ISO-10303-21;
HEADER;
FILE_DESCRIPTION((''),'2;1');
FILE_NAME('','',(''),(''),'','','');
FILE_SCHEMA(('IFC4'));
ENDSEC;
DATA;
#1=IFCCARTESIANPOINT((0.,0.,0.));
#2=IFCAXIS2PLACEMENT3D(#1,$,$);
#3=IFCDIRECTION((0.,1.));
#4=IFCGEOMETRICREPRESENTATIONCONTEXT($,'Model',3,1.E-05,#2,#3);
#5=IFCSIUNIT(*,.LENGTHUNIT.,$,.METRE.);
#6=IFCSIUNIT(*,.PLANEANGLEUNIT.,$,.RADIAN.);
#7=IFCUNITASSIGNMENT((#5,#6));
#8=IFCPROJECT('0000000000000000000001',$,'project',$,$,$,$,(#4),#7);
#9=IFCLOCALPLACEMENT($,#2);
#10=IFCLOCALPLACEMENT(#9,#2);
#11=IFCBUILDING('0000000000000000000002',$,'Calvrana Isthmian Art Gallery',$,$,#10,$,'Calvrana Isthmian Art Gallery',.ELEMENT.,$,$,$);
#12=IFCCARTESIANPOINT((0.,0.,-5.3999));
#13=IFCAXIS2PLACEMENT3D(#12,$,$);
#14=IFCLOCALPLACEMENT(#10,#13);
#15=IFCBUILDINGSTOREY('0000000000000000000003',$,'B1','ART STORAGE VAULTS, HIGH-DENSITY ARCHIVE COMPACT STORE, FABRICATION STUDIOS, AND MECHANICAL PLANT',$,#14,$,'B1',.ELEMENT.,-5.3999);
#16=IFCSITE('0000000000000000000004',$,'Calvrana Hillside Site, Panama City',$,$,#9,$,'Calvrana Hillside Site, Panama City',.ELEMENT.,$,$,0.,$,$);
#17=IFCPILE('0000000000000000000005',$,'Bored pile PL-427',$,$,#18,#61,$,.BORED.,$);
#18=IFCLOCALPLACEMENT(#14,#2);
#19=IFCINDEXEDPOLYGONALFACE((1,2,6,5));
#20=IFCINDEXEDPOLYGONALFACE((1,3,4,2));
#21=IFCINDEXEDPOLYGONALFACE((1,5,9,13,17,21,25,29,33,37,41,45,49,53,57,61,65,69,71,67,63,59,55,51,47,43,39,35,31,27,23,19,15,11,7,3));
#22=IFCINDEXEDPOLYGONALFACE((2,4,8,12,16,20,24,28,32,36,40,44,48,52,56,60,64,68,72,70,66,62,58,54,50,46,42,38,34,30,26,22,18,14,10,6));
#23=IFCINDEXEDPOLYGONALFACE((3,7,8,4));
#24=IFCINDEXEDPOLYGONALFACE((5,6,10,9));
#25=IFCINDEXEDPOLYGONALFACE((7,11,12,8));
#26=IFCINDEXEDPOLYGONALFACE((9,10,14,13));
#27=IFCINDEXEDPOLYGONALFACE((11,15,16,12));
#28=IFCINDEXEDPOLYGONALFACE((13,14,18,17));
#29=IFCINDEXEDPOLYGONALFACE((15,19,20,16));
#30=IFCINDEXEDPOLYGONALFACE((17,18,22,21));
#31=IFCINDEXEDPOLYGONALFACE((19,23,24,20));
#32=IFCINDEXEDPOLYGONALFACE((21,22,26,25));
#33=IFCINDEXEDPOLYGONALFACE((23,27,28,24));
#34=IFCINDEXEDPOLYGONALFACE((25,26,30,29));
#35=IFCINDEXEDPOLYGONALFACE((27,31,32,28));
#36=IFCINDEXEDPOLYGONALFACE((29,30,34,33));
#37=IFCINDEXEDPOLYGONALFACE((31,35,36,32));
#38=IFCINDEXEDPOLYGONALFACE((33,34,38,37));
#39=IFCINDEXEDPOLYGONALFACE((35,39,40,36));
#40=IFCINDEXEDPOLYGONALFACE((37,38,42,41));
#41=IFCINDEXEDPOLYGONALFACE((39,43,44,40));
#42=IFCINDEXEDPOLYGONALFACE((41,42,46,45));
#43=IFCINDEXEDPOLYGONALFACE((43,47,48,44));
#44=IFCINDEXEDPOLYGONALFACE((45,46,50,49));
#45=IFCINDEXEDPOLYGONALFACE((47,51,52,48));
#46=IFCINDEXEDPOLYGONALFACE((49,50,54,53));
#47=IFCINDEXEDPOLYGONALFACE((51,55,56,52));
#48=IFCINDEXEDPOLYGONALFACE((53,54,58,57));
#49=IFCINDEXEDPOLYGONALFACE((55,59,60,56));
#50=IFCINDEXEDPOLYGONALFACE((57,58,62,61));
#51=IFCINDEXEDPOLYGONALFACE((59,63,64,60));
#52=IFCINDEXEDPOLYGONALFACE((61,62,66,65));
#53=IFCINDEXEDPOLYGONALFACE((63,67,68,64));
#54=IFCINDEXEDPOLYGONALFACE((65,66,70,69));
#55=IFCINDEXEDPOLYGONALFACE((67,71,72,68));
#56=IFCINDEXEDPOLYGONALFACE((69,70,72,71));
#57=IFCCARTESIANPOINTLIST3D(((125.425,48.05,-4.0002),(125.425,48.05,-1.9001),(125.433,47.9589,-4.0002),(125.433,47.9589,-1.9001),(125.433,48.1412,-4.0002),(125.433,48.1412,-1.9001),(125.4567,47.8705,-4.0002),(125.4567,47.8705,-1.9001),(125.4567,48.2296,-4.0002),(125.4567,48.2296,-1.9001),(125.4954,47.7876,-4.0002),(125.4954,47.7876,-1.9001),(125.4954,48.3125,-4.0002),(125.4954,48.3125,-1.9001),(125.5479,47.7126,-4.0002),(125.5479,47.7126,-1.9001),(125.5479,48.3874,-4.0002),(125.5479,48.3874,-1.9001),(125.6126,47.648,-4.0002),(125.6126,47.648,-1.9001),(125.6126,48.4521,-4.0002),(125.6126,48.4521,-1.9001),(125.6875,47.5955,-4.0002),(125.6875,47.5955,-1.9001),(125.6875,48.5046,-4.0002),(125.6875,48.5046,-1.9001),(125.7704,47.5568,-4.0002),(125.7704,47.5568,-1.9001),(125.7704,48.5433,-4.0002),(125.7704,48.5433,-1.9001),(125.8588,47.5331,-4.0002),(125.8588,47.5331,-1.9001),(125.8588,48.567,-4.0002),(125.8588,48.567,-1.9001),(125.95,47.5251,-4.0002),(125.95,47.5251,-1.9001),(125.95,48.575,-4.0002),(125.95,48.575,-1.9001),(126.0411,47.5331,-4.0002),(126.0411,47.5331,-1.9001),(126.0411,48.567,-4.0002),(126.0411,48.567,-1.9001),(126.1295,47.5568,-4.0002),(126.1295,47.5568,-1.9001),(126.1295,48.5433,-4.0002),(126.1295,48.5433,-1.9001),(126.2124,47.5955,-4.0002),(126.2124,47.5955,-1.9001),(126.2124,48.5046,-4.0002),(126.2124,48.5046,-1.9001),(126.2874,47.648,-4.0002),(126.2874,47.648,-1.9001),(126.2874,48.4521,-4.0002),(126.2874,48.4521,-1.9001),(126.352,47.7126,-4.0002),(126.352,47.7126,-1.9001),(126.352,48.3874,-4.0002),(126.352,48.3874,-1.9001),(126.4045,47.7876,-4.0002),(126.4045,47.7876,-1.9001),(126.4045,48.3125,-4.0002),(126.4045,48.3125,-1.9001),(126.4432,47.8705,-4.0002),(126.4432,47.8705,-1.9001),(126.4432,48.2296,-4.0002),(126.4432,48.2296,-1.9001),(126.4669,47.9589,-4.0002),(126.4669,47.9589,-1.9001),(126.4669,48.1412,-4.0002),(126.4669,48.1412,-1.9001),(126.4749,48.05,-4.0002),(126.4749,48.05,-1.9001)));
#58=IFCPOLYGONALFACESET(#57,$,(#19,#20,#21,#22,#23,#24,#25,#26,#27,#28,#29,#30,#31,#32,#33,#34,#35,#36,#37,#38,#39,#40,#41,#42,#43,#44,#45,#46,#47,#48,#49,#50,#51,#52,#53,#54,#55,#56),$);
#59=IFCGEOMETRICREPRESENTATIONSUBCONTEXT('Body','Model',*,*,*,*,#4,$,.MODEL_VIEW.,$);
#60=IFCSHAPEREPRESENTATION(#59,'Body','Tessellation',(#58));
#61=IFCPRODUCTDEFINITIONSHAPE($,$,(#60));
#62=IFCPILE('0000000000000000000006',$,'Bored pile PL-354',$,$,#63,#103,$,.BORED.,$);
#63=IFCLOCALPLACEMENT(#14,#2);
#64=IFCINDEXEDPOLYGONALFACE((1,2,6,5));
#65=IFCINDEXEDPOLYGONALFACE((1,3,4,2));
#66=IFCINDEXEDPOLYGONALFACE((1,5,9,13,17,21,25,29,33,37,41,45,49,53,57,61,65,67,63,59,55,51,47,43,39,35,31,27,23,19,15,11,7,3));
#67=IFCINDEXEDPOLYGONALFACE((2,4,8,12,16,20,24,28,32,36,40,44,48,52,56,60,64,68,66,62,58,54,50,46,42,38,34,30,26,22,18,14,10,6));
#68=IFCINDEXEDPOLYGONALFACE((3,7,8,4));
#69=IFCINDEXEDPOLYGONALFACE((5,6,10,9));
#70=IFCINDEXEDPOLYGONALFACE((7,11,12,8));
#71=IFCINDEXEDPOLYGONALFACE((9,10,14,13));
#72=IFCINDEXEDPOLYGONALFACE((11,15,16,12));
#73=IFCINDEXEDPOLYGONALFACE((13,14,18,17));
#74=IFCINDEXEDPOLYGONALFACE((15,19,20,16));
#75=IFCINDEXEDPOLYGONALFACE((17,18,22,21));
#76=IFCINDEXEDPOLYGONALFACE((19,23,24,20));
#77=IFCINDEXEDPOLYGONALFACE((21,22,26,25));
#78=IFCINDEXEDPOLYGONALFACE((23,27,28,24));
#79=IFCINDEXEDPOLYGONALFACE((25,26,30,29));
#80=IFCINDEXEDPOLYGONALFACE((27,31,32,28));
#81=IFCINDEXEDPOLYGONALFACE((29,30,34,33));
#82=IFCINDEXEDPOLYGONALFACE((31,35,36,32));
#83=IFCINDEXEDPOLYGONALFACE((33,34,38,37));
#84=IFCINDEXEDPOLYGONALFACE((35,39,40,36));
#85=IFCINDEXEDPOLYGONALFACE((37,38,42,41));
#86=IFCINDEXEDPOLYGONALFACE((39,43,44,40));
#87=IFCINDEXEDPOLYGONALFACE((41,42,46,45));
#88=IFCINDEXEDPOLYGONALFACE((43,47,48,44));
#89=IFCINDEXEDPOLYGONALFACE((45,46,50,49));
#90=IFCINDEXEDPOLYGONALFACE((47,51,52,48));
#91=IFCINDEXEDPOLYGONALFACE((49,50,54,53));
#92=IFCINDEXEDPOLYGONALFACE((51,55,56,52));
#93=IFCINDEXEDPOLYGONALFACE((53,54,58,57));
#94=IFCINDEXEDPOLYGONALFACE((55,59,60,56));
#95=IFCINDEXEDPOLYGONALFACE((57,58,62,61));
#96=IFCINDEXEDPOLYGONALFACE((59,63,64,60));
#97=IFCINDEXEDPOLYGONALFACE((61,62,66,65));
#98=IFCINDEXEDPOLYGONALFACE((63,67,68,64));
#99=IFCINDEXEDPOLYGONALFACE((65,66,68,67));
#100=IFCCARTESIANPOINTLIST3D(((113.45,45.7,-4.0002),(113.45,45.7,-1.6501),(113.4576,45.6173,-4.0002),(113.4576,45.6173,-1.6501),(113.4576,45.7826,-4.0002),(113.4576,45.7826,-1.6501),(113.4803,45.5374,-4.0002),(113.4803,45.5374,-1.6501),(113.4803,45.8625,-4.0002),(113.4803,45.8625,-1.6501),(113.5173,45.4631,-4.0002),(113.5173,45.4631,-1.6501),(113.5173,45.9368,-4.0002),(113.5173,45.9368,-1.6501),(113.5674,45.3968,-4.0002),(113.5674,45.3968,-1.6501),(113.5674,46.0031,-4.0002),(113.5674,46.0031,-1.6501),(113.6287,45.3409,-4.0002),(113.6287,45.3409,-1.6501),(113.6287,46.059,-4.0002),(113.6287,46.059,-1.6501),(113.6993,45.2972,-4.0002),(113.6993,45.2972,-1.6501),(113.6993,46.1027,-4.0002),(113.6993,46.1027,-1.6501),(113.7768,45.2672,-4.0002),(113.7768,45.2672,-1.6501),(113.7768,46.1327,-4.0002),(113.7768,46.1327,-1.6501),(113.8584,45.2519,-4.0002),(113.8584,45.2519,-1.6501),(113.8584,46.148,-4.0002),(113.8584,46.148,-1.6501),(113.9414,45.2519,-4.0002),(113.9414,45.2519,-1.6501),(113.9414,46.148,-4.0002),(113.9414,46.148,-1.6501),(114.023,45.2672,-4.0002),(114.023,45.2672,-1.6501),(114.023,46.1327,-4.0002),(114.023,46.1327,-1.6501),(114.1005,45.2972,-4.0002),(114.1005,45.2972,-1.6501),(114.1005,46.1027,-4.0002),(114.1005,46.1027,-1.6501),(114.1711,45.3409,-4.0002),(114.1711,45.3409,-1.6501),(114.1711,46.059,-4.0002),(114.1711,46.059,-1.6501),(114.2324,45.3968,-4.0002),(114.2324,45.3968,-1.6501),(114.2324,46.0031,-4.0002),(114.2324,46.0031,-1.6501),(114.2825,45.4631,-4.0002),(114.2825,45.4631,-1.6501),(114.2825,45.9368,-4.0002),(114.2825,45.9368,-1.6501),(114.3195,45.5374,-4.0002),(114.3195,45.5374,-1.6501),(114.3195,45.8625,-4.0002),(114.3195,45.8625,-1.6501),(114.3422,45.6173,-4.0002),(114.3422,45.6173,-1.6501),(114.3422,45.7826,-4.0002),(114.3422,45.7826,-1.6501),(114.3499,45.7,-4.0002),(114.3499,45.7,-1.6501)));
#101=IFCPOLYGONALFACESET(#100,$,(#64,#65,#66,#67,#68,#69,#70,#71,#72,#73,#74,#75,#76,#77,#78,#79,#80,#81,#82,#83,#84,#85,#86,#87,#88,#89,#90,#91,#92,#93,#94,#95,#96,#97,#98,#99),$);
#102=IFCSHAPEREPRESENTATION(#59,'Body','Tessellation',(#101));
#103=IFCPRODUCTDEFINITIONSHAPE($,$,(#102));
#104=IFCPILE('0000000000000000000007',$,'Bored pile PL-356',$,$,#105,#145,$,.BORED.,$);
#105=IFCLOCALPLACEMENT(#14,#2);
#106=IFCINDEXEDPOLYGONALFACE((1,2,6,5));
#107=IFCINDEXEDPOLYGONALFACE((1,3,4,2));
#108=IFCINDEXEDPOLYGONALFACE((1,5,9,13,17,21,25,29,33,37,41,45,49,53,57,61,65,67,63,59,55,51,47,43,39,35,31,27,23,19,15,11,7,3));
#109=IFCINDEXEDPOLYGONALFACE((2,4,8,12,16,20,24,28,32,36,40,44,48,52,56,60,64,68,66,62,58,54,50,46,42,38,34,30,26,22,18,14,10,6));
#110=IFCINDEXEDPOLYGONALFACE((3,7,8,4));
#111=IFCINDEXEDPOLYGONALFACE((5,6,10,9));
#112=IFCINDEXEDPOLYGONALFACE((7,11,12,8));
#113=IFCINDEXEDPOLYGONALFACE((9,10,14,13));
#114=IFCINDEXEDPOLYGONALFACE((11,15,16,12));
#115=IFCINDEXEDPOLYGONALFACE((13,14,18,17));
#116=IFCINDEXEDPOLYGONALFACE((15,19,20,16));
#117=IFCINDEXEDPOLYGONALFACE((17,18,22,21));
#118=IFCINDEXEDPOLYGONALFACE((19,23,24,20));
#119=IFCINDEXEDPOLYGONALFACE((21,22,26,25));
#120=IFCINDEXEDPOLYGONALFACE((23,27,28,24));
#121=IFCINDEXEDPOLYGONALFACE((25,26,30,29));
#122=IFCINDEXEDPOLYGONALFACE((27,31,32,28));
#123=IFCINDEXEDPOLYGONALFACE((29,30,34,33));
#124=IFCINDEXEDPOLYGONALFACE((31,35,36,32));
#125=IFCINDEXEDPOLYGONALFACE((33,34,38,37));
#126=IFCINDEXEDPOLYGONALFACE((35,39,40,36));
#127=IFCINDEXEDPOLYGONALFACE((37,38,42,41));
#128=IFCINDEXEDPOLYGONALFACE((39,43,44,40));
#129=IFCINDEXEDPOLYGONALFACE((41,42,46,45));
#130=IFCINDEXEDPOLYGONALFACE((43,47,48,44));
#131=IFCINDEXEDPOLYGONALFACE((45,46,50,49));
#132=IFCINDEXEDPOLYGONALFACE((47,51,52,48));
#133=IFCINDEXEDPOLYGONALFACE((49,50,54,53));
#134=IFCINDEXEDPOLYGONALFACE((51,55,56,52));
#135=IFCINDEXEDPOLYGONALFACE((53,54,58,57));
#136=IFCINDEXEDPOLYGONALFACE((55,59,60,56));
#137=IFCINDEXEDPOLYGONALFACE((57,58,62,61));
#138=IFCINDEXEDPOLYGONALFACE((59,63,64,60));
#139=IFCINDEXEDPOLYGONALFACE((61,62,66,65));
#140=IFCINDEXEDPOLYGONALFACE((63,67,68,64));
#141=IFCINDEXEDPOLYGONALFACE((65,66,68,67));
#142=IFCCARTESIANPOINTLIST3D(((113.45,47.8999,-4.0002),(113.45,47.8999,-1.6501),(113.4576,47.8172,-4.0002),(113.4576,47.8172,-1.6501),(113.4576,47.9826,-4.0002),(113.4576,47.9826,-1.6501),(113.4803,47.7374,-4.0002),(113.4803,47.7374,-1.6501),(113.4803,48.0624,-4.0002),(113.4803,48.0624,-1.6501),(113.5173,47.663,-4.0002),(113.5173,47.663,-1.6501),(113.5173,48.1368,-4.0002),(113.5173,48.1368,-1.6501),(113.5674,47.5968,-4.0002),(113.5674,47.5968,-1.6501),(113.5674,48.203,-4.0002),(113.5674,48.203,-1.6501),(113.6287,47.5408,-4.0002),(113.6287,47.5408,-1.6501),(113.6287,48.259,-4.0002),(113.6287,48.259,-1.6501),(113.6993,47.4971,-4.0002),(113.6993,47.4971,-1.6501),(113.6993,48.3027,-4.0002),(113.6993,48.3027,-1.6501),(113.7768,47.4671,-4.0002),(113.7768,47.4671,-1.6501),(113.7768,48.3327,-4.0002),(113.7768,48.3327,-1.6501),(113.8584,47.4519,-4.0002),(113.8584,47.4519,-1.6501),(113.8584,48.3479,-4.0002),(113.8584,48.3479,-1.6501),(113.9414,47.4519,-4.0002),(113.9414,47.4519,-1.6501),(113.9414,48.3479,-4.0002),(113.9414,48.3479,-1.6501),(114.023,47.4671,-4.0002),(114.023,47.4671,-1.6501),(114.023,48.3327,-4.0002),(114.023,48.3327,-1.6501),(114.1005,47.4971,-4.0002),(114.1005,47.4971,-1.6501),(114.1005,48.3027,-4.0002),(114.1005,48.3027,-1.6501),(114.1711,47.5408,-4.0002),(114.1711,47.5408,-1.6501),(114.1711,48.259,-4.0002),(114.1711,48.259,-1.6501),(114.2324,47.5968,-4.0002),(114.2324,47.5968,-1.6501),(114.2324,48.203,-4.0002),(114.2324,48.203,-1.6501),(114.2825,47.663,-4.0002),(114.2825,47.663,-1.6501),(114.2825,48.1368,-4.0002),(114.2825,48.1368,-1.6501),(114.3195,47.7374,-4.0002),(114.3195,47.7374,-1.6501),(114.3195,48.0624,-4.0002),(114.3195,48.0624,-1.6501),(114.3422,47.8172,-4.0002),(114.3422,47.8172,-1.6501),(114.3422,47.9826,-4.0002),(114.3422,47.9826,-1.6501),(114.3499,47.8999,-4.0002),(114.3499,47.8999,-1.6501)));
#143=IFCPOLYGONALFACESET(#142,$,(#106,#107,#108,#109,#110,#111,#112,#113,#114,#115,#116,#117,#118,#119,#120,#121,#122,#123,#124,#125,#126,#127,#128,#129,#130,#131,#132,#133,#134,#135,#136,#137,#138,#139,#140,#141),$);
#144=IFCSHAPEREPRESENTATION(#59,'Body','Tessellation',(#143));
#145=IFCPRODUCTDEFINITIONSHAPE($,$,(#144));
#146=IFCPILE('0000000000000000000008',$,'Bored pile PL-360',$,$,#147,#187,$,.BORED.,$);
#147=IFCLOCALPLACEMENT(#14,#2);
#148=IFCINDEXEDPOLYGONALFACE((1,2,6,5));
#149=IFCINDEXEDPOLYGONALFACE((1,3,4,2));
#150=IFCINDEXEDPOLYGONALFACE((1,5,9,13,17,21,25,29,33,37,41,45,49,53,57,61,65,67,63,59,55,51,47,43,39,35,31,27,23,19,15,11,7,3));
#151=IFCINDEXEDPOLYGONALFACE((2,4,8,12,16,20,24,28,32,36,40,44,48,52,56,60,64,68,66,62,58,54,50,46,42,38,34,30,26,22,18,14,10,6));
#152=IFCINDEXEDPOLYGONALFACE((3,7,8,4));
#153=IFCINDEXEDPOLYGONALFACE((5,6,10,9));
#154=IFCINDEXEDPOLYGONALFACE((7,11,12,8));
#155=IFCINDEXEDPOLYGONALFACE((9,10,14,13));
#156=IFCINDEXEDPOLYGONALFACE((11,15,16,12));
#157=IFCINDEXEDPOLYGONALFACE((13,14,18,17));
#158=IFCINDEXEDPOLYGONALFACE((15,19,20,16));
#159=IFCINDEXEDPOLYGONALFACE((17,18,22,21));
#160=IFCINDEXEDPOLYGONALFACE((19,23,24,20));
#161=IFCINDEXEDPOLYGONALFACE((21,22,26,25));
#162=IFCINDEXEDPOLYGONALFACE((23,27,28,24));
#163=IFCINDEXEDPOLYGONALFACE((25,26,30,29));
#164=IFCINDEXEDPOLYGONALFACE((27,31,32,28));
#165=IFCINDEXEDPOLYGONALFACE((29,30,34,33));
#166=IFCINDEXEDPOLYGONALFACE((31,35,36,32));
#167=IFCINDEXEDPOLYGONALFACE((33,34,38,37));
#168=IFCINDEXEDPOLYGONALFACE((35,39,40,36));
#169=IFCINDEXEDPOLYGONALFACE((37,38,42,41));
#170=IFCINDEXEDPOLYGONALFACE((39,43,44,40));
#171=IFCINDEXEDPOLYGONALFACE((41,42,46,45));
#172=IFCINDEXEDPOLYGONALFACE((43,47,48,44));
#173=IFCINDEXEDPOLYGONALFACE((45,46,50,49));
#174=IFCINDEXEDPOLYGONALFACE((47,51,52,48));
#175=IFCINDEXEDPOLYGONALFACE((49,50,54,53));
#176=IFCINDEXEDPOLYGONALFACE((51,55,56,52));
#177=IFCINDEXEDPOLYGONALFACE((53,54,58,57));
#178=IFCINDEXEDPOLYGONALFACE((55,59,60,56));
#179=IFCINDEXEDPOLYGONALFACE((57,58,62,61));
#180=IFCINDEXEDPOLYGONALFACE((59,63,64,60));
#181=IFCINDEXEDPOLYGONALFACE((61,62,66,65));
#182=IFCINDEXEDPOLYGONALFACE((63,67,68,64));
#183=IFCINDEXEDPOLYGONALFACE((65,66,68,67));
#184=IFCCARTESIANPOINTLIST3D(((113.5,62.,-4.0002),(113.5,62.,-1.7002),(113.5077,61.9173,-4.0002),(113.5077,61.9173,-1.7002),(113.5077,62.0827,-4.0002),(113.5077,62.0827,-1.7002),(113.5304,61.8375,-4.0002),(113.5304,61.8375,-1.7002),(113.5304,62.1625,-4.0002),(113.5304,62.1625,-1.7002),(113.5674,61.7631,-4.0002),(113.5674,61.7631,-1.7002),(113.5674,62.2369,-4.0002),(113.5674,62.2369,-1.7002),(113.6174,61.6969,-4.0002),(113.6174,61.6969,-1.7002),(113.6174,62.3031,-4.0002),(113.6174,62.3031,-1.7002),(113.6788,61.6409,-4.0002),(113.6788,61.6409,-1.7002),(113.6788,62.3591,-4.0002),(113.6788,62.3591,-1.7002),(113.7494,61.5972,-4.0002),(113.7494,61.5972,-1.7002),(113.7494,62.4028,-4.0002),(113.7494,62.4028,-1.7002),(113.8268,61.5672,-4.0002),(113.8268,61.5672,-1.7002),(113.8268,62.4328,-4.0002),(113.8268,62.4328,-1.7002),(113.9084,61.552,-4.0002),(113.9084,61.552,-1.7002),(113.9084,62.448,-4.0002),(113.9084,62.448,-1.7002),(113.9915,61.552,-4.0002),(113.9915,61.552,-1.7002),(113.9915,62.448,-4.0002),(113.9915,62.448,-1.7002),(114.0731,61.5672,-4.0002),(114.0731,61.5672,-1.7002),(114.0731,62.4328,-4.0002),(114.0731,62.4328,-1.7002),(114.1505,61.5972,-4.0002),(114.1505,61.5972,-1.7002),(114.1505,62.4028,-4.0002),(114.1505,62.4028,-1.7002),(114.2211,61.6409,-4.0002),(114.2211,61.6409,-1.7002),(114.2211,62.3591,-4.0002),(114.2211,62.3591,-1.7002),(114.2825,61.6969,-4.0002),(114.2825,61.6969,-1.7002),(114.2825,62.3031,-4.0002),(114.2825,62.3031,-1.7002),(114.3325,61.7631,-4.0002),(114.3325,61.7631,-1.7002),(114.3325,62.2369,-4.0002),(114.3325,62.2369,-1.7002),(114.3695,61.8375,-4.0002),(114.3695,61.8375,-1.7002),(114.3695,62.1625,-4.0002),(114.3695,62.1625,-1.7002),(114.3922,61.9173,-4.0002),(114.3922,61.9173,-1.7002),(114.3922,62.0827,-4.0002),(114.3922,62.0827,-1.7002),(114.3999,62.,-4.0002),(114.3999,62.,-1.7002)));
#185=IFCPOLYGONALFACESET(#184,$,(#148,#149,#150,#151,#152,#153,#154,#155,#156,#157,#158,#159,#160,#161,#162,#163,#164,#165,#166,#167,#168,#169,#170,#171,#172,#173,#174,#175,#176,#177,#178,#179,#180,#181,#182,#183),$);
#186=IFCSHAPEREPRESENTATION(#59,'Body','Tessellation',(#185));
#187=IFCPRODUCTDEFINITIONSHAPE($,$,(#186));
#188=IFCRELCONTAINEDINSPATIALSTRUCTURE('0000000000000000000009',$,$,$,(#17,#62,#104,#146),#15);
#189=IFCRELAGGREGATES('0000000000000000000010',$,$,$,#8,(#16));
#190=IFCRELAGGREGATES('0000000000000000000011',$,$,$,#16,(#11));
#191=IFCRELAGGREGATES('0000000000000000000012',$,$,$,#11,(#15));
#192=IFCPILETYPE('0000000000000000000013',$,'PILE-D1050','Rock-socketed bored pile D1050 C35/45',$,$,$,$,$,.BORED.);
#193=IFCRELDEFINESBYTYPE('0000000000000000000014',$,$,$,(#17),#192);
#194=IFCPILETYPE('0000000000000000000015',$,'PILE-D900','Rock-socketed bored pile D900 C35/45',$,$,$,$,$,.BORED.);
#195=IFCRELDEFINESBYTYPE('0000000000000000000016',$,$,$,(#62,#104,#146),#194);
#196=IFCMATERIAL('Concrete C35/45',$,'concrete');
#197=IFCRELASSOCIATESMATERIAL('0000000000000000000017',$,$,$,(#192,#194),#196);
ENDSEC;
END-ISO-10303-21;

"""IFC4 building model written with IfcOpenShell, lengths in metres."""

from ifc_helpers import new_model, si_unit, direction, frame, origin, origin_2d, place, context, subcontext, project, spatial, circle, extrude, material, material_profile, profile_set, type_object, element, save


model = new_model("IFC4")

# Units and contexts
model_context = context("Model", 3, precision=1e-05, world=origin(), true_north=direction((0.0, 1.0)))
body_context = subcontext(model_context, "Body", "Model", "MODEL_VIEW")
ifc_project = project(units=[si_unit("LENGTHUNIT", "METRE"), si_unit("PLANEANGLEUNIT", "RADIAN")], contexts=[model_context])

# Site, building, storey
site_placement = place(None, origin())
site = spatial("IfcSite", under=ifc_project, at=site_placement, Name="Calvrana Hillside Site, Panama City", LongName="Calvrana Hillside Site, Panama City", CompositionType="ELEMENT", RefElevation=0.0)
building_placement = place(site_placement, origin())
building = spatial("IfcBuilding", under=site, at=building_placement, Name="Calvrana Isthmian Art Gallery", LongName="Calvrana Isthmian Art Gallery", CompositionType="ELEMENT")
storey_placement = place(building_placement, frame((0.0, 0.0, -5.3999)))
storey = spatial("IfcBuildingStorey", under=building, at=storey_placement, Name="B1", Description="ART STORAGE VAULTS, HIGH-DENSITY ARCHIVE COMPACT STORE, FABRICATION STUDIOS, AND MECHANICAL PLANT", LongName="B1", CompositionType="ELEMENT", Elevation=-5.3999)

# Shared definitions
ifc_material_1 = material(Name="Concrete C35/45", Category="concrete")

# Piles
ifc_material_profile_1 = material_profile(ifc_material_1, circle(Radius=0.5249, at=origin_2d()), Name="PILE1050D")
ifc_profile_set_1 = profile_set([ifc_material_profile_1], Name="Concrete C35/45")
pile_type_1 = type_object("IfcPileType", Name="PILE-D1050", Description="Rock-socketed bored pile D1050 C35/45", PredefinedType="BORED", material=ifc_profile_set_1)
for number, where, z_axis, x_axis, name in (
    (1, (125.95, 48.05, -1.9001), (0.0, 0.0, -1.0), (1.0, 0.0, 0.0), "Bored pile PL-427"),
):
    element("IfcPile", number, at=place(storey_placement, frame(where, z_axis=z_axis, x_axis=x_axis)), inside=storey, type_object=pile_type_1, Name=name, PredefinedType="BORED", context=body_context, shape_type="SweptSolid", body=[
        extrude(circle(Radius=0.5249, at=origin_2d()), origin(), (0.0, 0.0, 1.0), 2.1001),
    ])
ifc_material_profile_2 = material_profile(ifc_material_1, circle(Radius=0.45, at=origin_2d()), Name="PILE900D")
ifc_profile_set_2 = profile_set([ifc_material_profile_2], Name="Concrete C35/45")
pile_type_2 = type_object("IfcPileType", Name="PILE-D900", Description="Rock-socketed bored pile D900 C35/45", PredefinedType="BORED", material=ifc_profile_set_2)
for number, where, z_axis, x_axis, name in (
    (2, (113.8999, 45.7, -1.6501), (0.0, 0.0, -1.0), (1.0, 0.0, 0.0), "Bored pile PL-354"),
    (3, (113.8999, 47.8999, -1.6501), (0.0, 0.0, -1.0), (1.0, 0.0, 0.0), "Bored pile PL-356"),
):
    element("IfcPile", number, at=place(storey_placement, frame(where, z_axis=z_axis, x_axis=x_axis)), inside=storey, type_object=pile_type_2, Name=name, PredefinedType="BORED", context=body_context, shape_type="SweptSolid", body=[
        extrude(circle(Radius=0.45, at=origin_2d()), origin(), (0.0, 0.0, 1.0), 2.3501),
    ])
pile_placement = place(storey_placement, frame((113.95, 62.0, -1.7002), z_axis=(0.0, 0.0, -1.0), x_axis=(1.0, 0.0, 0.0)))
element("IfcPile", 4, at=pile_placement, inside=storey, type_object=pile_type_2, Name="Bored pile PL-360", PredefinedType="BORED", context=body_context, shape_type="SweptSolid", body=[
    extrude(circle(Radius=0.45, at=origin_2d()), origin(), (0.0, 0.0, 1.0), 2.3),
])

save(model, "model.ifc")
